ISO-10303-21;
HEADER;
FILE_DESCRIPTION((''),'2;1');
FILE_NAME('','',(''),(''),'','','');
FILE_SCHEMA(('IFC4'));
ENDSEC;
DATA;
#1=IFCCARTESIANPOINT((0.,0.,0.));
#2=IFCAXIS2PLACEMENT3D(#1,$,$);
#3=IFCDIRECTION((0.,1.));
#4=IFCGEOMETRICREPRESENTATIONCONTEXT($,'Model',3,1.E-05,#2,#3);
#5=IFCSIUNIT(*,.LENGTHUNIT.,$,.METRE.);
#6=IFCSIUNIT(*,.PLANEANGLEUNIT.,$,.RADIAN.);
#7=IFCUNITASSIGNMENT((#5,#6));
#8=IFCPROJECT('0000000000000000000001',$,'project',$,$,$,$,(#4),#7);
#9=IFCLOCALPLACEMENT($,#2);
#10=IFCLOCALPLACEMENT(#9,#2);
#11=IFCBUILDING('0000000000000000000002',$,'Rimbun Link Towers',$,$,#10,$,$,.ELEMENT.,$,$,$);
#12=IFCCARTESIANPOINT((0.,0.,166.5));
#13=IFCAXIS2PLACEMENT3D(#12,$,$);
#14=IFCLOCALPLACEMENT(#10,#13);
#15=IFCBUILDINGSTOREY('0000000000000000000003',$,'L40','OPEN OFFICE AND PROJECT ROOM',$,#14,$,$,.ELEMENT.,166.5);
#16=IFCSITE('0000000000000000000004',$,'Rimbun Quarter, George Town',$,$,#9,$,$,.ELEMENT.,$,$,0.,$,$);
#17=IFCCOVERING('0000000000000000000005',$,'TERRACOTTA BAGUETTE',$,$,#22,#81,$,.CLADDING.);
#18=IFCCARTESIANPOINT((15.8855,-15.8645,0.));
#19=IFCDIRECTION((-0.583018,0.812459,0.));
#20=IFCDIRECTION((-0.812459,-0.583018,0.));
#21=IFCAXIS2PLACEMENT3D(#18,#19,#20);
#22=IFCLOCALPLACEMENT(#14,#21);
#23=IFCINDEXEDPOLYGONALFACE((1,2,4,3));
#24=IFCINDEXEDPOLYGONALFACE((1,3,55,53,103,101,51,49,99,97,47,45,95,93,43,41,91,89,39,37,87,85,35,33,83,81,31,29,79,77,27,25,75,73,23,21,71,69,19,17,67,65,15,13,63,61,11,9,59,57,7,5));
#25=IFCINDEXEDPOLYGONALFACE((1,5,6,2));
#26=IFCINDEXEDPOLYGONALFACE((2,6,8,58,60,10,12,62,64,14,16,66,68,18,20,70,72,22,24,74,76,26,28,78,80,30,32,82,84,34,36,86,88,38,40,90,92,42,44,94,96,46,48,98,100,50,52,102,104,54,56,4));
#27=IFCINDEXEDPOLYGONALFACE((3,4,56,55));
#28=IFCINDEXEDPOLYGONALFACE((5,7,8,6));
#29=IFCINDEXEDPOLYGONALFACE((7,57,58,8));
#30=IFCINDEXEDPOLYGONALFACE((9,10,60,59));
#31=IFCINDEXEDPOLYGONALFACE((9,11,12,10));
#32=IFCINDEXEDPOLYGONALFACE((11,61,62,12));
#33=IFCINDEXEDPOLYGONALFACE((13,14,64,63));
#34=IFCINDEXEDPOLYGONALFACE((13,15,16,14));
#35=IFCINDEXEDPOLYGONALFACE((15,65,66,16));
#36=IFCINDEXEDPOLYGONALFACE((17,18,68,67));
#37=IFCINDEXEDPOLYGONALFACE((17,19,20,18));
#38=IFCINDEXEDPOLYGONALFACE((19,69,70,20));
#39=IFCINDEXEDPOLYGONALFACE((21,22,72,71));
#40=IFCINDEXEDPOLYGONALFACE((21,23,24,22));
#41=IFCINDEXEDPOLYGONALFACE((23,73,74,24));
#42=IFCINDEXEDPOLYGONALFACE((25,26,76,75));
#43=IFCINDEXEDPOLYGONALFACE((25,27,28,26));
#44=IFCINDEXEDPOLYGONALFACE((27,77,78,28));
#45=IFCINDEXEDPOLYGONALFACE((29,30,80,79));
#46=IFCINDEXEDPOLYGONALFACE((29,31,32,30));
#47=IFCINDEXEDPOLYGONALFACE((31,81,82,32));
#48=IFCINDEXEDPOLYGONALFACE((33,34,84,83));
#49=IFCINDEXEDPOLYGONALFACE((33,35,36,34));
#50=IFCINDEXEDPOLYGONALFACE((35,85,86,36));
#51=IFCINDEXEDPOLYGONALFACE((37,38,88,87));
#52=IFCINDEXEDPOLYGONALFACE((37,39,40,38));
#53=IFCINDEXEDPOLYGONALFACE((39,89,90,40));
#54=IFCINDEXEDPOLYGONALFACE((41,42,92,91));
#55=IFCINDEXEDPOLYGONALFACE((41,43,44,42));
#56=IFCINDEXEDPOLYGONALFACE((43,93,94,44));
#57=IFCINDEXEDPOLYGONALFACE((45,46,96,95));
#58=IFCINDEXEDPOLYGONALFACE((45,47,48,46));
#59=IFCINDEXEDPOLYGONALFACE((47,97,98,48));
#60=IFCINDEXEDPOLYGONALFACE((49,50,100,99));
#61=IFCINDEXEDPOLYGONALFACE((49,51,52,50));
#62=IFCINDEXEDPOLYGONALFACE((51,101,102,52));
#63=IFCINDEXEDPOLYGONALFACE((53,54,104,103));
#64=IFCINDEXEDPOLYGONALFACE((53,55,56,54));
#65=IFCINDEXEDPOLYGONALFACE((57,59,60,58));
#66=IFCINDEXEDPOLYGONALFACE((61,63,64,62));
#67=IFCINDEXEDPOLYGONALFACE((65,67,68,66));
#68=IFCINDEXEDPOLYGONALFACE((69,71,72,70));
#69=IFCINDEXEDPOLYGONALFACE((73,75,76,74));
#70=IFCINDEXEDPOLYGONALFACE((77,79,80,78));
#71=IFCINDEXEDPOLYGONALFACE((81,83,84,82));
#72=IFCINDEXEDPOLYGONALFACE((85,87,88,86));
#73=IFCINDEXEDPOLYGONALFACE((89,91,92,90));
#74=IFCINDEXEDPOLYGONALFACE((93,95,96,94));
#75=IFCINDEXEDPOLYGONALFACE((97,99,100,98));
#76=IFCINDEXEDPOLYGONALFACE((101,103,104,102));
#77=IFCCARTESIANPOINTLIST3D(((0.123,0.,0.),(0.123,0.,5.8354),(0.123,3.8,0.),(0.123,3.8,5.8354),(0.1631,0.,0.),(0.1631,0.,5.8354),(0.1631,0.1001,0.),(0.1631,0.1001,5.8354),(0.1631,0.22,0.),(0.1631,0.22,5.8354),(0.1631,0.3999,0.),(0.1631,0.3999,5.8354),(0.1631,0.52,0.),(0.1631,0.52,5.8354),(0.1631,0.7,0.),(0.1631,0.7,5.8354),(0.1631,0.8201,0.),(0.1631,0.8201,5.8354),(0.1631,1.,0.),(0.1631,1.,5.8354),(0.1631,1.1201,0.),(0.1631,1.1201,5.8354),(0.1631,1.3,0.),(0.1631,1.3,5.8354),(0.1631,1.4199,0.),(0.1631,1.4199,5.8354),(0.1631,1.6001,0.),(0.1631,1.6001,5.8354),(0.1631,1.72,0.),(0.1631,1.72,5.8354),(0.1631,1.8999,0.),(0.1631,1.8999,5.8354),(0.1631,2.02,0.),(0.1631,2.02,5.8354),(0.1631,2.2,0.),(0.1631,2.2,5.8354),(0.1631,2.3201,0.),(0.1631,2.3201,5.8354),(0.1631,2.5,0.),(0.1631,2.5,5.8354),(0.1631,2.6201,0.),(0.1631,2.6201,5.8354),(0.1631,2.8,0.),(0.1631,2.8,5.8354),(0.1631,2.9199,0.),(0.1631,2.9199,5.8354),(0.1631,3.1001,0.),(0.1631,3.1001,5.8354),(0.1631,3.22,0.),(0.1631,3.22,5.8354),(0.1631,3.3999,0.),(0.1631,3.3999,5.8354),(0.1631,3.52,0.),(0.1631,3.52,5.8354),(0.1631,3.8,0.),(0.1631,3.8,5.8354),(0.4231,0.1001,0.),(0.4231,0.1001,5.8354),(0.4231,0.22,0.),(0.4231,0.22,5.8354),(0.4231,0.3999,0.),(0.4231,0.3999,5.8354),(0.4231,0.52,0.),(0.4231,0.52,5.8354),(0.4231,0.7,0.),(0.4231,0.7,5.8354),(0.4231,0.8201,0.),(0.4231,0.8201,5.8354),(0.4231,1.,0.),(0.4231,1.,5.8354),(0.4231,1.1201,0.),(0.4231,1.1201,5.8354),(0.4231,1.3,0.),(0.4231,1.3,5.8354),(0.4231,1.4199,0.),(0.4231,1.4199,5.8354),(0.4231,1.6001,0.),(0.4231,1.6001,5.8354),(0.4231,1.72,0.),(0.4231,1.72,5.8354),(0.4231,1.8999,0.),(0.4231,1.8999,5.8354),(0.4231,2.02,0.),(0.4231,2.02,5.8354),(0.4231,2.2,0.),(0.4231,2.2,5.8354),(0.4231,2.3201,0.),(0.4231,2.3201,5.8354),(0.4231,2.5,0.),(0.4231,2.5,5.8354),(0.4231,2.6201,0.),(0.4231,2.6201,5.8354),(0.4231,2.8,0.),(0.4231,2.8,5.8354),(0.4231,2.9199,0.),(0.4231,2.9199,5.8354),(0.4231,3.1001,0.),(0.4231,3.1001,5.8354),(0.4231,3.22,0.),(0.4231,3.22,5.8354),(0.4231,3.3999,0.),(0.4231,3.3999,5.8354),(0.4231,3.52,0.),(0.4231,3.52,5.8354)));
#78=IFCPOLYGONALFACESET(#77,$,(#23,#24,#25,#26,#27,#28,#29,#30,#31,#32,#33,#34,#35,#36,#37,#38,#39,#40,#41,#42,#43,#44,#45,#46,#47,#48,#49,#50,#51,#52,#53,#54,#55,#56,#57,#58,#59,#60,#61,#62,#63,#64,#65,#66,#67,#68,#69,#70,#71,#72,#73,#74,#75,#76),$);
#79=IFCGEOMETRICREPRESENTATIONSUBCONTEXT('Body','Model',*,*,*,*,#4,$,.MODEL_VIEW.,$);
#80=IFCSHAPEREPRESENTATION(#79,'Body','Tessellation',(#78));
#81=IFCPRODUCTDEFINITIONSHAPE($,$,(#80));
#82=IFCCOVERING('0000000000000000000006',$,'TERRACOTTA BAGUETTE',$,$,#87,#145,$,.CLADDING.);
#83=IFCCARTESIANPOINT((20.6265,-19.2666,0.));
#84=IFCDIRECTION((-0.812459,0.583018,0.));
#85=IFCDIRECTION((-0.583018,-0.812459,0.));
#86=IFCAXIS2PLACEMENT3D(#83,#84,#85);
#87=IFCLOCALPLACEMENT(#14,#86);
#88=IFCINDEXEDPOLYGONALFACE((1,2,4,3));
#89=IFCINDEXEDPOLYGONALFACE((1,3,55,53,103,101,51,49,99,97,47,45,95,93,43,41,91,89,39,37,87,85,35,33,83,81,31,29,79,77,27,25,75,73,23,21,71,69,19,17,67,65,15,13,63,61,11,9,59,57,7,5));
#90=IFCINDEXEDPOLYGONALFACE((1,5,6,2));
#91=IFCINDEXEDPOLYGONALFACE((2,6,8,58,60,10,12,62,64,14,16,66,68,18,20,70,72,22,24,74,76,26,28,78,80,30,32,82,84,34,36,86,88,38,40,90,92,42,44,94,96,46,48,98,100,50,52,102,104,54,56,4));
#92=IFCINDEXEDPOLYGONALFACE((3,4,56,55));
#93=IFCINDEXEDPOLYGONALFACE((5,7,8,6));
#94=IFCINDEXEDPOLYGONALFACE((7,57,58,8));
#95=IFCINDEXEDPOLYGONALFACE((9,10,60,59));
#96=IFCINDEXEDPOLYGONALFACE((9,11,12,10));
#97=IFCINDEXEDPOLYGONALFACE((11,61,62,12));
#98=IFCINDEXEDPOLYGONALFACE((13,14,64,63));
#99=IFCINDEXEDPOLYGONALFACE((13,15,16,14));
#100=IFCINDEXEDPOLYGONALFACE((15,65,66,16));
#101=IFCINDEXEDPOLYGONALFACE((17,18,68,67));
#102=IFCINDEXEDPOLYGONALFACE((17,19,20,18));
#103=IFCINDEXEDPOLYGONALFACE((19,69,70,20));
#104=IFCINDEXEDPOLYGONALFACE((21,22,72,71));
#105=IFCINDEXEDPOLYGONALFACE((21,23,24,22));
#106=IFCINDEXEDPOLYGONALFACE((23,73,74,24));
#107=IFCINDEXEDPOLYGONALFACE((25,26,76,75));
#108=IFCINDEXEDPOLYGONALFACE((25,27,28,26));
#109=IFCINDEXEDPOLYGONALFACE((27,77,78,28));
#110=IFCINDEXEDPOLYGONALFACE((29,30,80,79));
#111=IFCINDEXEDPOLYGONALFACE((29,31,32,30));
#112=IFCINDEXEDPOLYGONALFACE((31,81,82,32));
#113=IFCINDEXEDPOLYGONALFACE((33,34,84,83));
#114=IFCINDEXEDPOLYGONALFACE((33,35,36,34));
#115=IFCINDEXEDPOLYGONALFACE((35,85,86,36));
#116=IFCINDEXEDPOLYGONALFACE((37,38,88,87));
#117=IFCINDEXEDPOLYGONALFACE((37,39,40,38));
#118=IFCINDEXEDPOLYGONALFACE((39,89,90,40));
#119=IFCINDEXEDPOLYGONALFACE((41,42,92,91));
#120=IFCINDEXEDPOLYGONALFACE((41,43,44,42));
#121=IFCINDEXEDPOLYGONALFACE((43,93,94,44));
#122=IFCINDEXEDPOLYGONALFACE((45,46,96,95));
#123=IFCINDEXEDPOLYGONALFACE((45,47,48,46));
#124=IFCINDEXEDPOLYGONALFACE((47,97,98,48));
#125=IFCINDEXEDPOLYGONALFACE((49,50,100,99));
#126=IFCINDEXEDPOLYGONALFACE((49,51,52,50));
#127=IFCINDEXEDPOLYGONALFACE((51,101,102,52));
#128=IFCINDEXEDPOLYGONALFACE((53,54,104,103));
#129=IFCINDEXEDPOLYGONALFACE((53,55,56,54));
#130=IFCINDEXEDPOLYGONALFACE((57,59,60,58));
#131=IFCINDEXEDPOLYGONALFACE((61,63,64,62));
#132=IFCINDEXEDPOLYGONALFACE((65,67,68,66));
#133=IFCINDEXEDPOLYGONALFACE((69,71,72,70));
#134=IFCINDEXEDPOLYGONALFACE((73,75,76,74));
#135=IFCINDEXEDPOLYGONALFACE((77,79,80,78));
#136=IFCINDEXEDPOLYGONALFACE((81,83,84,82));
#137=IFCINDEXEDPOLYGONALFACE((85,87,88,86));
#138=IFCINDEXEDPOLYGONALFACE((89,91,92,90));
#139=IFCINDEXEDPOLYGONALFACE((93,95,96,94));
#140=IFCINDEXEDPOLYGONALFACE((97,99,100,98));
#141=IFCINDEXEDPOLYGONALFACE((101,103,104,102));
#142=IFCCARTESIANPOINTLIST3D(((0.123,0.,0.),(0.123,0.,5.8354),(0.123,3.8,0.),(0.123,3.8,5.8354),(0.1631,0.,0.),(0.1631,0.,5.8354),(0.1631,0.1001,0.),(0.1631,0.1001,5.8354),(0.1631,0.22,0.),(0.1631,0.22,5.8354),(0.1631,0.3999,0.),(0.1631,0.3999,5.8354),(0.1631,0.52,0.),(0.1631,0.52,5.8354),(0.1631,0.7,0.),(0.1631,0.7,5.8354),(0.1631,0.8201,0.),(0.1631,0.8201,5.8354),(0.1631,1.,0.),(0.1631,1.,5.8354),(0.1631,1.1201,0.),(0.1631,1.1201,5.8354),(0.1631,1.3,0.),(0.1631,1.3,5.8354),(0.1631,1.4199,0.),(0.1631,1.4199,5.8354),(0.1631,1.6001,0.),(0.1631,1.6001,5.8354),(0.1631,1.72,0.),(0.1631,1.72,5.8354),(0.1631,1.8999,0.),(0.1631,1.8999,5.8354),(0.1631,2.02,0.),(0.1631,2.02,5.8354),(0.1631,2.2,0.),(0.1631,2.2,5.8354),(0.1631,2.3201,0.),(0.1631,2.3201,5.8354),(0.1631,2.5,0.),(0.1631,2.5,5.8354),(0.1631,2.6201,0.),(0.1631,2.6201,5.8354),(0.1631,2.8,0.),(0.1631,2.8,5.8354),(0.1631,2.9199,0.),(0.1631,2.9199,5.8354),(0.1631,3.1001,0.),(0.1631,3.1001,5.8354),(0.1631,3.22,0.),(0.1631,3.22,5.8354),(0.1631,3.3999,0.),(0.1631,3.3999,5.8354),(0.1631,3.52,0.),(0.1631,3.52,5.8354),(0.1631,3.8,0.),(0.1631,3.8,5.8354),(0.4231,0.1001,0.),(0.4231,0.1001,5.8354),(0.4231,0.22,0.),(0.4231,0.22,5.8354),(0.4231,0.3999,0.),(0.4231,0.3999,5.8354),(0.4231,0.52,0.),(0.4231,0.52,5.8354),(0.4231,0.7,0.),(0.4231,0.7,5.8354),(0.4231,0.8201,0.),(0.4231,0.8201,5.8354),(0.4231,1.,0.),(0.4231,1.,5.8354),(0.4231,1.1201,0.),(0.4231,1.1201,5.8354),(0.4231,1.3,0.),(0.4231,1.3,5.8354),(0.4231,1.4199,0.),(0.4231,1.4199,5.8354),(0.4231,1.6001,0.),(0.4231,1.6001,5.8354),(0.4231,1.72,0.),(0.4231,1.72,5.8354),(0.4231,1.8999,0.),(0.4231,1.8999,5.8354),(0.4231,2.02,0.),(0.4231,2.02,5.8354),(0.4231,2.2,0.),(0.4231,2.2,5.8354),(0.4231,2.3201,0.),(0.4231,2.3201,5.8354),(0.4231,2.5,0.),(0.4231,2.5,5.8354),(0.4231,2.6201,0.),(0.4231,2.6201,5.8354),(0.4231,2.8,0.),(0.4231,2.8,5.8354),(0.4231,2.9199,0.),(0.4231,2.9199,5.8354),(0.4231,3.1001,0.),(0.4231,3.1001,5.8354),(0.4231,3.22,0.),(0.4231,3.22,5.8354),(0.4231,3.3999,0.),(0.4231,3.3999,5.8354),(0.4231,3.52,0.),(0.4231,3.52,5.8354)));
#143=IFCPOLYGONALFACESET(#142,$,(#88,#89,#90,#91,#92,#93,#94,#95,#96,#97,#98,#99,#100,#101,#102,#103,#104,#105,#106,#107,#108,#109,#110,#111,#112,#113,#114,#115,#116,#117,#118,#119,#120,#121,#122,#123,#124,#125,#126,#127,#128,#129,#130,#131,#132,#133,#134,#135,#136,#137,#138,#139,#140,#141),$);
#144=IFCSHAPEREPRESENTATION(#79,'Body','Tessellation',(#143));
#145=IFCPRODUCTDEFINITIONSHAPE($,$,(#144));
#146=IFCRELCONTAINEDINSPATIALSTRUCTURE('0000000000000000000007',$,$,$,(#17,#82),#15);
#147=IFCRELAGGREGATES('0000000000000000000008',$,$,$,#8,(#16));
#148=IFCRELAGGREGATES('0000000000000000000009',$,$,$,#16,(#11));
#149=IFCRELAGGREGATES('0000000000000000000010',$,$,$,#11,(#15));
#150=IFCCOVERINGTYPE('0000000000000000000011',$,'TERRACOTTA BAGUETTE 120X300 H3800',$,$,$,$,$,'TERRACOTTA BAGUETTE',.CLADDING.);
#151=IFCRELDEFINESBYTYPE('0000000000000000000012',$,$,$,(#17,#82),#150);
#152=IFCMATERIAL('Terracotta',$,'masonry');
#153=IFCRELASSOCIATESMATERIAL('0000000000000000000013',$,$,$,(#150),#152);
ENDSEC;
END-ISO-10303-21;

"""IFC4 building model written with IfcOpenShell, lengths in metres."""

from ifc_helpers import new_model, si_unit, direction, frame, origin, place, context, subcontext, project, spatial, polyline, outline, extrude, material, material_profile, profile_set, type_object, element, save


model = new_model("IFC4")

# Units and contexts
model_context = context("Model", 3, precision=1e-05, world=origin(), true_north=direction((0.0, 1.0)))
body_context = subcontext(model_context, "Body", "Model", "MODEL_VIEW")
ifc_project = project(units=[si_unit("LENGTHUNIT", "METRE"), si_unit("PLANEANGLEUNIT", "RADIAN")], contexts=[model_context])

# Site, building, storey
site_placement = place(None, origin())
site = spatial("IfcSite", under=ifc_project, at=site_placement, Name="Rimbun Quarter, George Town", CompositionType="ELEMENT", RefElevation=0.0)
building_placement = place(site_placement, origin())
building = spatial("IfcBuilding", under=site, at=building_placement, Name="Rimbun Link Towers", CompositionType="ELEMENT")
storey_placement = place(building_placement, frame((0.0, 0.0, 166.5)))
storey = spatial("IfcBuildingStorey", under=building, at=storey_placement, Name="L40", Description="OPEN OFFICE AND PROJECT ROOM", CompositionType="ELEMENT", Elevation=166.5)

# Coverings
ifc_material_1 = material(Name="Terracotta", Category="masonry")
ifc_material_profile_1 = material_profile(ifc_material_1, outline(polyline([(0.123, 0.0), (0.1631, 0.0), (0.1631, 0.1001), (0.4231, 0.1001), (0.4231, 0.22), (0.1631, 0.22), (0.1631, 0.3999), (0.4231, 0.3999), (0.4231, 0.52), (0.1631, 0.52), (0.1631, 0.7), (0.4231, 0.7), (0.4231, 0.8201), (0.1631, 0.8201), (0.1631, 1.0), (0.4231, 1.0), (0.4231, 1.1201), (0.1631, 1.1201), (0.1631, 1.3), (0.4231, 1.3), (0.4231, 1.4199), (0.1631, 1.4199), (0.1631, 1.6001), (0.4231, 1.6001), (0.4231, 1.72), (0.1631, 1.72), (0.1631, 1.8999), (0.4231, 1.8999), (0.4231, 2.02), (0.1631, 2.02), (0.1631, 2.2), (0.4231, 2.2), (0.4231, 2.3201), (0.1631, 2.3201), (0.1631, 2.5), (0.4231, 2.5), (0.4231, 2.6201), (0.1631, 2.6201), (0.1631, 2.8), (0.4231, 2.8), (0.4231, 2.9199), (0.1631, 2.9199), (0.1631, 3.1001), (0.4231, 3.1001), (0.4231, 3.22), (0.1631, 3.22), (0.1631, 3.3999), (0.4231, 3.3999), (0.4231, 3.52), (0.1631, 3.52), (0.1631, 3.8), (0.123, 3.8), (0.123, 0.0)])), Name="BAGUETTE 120X300")
ifc_profile_set_1 = profile_set([ifc_material_profile_1], Name="Terracotta")
covering_type = type_object("IfcCoveringType", Name="TERRACOTTA BAGUETTE 120X300 H3800", ElementType="TERRACOTTA BAGUETTE", PredefinedType="CLADDING", material=ifc_profile_set_1)
for number, where, z_axis, x_axis, name in (
    (1, (15.8855, -15.8645, 0.0), (-0.583018, 0.812459, 0.0), (-0.812459, -0.583018, 0.0), "TERRACOTTA BAGUETTE"),
    (2, (20.6265, -19.2666, 0.0), (-0.812459, 0.583018, 0.0), (-0.583018, -0.812459, 0.0), "TERRACOTTA BAGUETTE"),
):
    element("IfcCovering", number, at=place(storey_placement, frame(where, z_axis=z_axis, x_axis=x_axis)), inside=storey, type_object=covering_type, Name=name, PredefinedType="CLADDING", context=body_context, shape_type="SweptSolid", body=[
        extrude(outline(polyline([(0.123, 0.0), (0.1631, 0.0), (0.1631, 0.1001), (0.4231, 0.1001), (0.4231, 0.22), (0.1631, 0.22), (0.1631, 0.3999), (0.4231, 0.3999), (0.4231, 0.52), (0.1631, 0.52), (0.1631, 0.7), (0.4231, 0.7), (0.4231, 0.8201), (0.1631, 0.8201), (0.1631, 1.0), (0.4231, 1.0), (0.4231, 1.1201), (0.1631, 1.1201), (0.1631, 1.3), (0.4231, 1.3), (0.4231, 1.4199), (0.1631, 1.4199), (0.1631, 1.6001), (0.4231, 1.6001), (0.4231, 1.72), (0.1631, 1.72), (0.1631, 1.8999), (0.4231, 1.8999), (0.4231, 2.02), (0.1631, 2.02), (0.1631, 2.2), (0.4231, 2.2), (0.4231, 2.3201), (0.1631, 2.3201), (0.1631, 2.5), (0.4231, 2.5), (0.4231, 2.6201), (0.1631, 2.6201), (0.1631, 2.8), (0.4231, 2.8), (0.4231, 2.9199), (0.1631, 2.9199), (0.1631, 3.1001), (0.4231, 3.1001), (0.4231, 3.22), (0.1631, 3.22), (0.1631, 3.3999), (0.4231, 3.3999), (0.4231, 3.52), (0.1631, 3.52), (0.1631, 3.8), (0.123, 3.8), (0.123, 0.0)])), origin(), (0.0, 0.0, 1.0), 5.8354),
    ])

save(model, "model.ifc")
